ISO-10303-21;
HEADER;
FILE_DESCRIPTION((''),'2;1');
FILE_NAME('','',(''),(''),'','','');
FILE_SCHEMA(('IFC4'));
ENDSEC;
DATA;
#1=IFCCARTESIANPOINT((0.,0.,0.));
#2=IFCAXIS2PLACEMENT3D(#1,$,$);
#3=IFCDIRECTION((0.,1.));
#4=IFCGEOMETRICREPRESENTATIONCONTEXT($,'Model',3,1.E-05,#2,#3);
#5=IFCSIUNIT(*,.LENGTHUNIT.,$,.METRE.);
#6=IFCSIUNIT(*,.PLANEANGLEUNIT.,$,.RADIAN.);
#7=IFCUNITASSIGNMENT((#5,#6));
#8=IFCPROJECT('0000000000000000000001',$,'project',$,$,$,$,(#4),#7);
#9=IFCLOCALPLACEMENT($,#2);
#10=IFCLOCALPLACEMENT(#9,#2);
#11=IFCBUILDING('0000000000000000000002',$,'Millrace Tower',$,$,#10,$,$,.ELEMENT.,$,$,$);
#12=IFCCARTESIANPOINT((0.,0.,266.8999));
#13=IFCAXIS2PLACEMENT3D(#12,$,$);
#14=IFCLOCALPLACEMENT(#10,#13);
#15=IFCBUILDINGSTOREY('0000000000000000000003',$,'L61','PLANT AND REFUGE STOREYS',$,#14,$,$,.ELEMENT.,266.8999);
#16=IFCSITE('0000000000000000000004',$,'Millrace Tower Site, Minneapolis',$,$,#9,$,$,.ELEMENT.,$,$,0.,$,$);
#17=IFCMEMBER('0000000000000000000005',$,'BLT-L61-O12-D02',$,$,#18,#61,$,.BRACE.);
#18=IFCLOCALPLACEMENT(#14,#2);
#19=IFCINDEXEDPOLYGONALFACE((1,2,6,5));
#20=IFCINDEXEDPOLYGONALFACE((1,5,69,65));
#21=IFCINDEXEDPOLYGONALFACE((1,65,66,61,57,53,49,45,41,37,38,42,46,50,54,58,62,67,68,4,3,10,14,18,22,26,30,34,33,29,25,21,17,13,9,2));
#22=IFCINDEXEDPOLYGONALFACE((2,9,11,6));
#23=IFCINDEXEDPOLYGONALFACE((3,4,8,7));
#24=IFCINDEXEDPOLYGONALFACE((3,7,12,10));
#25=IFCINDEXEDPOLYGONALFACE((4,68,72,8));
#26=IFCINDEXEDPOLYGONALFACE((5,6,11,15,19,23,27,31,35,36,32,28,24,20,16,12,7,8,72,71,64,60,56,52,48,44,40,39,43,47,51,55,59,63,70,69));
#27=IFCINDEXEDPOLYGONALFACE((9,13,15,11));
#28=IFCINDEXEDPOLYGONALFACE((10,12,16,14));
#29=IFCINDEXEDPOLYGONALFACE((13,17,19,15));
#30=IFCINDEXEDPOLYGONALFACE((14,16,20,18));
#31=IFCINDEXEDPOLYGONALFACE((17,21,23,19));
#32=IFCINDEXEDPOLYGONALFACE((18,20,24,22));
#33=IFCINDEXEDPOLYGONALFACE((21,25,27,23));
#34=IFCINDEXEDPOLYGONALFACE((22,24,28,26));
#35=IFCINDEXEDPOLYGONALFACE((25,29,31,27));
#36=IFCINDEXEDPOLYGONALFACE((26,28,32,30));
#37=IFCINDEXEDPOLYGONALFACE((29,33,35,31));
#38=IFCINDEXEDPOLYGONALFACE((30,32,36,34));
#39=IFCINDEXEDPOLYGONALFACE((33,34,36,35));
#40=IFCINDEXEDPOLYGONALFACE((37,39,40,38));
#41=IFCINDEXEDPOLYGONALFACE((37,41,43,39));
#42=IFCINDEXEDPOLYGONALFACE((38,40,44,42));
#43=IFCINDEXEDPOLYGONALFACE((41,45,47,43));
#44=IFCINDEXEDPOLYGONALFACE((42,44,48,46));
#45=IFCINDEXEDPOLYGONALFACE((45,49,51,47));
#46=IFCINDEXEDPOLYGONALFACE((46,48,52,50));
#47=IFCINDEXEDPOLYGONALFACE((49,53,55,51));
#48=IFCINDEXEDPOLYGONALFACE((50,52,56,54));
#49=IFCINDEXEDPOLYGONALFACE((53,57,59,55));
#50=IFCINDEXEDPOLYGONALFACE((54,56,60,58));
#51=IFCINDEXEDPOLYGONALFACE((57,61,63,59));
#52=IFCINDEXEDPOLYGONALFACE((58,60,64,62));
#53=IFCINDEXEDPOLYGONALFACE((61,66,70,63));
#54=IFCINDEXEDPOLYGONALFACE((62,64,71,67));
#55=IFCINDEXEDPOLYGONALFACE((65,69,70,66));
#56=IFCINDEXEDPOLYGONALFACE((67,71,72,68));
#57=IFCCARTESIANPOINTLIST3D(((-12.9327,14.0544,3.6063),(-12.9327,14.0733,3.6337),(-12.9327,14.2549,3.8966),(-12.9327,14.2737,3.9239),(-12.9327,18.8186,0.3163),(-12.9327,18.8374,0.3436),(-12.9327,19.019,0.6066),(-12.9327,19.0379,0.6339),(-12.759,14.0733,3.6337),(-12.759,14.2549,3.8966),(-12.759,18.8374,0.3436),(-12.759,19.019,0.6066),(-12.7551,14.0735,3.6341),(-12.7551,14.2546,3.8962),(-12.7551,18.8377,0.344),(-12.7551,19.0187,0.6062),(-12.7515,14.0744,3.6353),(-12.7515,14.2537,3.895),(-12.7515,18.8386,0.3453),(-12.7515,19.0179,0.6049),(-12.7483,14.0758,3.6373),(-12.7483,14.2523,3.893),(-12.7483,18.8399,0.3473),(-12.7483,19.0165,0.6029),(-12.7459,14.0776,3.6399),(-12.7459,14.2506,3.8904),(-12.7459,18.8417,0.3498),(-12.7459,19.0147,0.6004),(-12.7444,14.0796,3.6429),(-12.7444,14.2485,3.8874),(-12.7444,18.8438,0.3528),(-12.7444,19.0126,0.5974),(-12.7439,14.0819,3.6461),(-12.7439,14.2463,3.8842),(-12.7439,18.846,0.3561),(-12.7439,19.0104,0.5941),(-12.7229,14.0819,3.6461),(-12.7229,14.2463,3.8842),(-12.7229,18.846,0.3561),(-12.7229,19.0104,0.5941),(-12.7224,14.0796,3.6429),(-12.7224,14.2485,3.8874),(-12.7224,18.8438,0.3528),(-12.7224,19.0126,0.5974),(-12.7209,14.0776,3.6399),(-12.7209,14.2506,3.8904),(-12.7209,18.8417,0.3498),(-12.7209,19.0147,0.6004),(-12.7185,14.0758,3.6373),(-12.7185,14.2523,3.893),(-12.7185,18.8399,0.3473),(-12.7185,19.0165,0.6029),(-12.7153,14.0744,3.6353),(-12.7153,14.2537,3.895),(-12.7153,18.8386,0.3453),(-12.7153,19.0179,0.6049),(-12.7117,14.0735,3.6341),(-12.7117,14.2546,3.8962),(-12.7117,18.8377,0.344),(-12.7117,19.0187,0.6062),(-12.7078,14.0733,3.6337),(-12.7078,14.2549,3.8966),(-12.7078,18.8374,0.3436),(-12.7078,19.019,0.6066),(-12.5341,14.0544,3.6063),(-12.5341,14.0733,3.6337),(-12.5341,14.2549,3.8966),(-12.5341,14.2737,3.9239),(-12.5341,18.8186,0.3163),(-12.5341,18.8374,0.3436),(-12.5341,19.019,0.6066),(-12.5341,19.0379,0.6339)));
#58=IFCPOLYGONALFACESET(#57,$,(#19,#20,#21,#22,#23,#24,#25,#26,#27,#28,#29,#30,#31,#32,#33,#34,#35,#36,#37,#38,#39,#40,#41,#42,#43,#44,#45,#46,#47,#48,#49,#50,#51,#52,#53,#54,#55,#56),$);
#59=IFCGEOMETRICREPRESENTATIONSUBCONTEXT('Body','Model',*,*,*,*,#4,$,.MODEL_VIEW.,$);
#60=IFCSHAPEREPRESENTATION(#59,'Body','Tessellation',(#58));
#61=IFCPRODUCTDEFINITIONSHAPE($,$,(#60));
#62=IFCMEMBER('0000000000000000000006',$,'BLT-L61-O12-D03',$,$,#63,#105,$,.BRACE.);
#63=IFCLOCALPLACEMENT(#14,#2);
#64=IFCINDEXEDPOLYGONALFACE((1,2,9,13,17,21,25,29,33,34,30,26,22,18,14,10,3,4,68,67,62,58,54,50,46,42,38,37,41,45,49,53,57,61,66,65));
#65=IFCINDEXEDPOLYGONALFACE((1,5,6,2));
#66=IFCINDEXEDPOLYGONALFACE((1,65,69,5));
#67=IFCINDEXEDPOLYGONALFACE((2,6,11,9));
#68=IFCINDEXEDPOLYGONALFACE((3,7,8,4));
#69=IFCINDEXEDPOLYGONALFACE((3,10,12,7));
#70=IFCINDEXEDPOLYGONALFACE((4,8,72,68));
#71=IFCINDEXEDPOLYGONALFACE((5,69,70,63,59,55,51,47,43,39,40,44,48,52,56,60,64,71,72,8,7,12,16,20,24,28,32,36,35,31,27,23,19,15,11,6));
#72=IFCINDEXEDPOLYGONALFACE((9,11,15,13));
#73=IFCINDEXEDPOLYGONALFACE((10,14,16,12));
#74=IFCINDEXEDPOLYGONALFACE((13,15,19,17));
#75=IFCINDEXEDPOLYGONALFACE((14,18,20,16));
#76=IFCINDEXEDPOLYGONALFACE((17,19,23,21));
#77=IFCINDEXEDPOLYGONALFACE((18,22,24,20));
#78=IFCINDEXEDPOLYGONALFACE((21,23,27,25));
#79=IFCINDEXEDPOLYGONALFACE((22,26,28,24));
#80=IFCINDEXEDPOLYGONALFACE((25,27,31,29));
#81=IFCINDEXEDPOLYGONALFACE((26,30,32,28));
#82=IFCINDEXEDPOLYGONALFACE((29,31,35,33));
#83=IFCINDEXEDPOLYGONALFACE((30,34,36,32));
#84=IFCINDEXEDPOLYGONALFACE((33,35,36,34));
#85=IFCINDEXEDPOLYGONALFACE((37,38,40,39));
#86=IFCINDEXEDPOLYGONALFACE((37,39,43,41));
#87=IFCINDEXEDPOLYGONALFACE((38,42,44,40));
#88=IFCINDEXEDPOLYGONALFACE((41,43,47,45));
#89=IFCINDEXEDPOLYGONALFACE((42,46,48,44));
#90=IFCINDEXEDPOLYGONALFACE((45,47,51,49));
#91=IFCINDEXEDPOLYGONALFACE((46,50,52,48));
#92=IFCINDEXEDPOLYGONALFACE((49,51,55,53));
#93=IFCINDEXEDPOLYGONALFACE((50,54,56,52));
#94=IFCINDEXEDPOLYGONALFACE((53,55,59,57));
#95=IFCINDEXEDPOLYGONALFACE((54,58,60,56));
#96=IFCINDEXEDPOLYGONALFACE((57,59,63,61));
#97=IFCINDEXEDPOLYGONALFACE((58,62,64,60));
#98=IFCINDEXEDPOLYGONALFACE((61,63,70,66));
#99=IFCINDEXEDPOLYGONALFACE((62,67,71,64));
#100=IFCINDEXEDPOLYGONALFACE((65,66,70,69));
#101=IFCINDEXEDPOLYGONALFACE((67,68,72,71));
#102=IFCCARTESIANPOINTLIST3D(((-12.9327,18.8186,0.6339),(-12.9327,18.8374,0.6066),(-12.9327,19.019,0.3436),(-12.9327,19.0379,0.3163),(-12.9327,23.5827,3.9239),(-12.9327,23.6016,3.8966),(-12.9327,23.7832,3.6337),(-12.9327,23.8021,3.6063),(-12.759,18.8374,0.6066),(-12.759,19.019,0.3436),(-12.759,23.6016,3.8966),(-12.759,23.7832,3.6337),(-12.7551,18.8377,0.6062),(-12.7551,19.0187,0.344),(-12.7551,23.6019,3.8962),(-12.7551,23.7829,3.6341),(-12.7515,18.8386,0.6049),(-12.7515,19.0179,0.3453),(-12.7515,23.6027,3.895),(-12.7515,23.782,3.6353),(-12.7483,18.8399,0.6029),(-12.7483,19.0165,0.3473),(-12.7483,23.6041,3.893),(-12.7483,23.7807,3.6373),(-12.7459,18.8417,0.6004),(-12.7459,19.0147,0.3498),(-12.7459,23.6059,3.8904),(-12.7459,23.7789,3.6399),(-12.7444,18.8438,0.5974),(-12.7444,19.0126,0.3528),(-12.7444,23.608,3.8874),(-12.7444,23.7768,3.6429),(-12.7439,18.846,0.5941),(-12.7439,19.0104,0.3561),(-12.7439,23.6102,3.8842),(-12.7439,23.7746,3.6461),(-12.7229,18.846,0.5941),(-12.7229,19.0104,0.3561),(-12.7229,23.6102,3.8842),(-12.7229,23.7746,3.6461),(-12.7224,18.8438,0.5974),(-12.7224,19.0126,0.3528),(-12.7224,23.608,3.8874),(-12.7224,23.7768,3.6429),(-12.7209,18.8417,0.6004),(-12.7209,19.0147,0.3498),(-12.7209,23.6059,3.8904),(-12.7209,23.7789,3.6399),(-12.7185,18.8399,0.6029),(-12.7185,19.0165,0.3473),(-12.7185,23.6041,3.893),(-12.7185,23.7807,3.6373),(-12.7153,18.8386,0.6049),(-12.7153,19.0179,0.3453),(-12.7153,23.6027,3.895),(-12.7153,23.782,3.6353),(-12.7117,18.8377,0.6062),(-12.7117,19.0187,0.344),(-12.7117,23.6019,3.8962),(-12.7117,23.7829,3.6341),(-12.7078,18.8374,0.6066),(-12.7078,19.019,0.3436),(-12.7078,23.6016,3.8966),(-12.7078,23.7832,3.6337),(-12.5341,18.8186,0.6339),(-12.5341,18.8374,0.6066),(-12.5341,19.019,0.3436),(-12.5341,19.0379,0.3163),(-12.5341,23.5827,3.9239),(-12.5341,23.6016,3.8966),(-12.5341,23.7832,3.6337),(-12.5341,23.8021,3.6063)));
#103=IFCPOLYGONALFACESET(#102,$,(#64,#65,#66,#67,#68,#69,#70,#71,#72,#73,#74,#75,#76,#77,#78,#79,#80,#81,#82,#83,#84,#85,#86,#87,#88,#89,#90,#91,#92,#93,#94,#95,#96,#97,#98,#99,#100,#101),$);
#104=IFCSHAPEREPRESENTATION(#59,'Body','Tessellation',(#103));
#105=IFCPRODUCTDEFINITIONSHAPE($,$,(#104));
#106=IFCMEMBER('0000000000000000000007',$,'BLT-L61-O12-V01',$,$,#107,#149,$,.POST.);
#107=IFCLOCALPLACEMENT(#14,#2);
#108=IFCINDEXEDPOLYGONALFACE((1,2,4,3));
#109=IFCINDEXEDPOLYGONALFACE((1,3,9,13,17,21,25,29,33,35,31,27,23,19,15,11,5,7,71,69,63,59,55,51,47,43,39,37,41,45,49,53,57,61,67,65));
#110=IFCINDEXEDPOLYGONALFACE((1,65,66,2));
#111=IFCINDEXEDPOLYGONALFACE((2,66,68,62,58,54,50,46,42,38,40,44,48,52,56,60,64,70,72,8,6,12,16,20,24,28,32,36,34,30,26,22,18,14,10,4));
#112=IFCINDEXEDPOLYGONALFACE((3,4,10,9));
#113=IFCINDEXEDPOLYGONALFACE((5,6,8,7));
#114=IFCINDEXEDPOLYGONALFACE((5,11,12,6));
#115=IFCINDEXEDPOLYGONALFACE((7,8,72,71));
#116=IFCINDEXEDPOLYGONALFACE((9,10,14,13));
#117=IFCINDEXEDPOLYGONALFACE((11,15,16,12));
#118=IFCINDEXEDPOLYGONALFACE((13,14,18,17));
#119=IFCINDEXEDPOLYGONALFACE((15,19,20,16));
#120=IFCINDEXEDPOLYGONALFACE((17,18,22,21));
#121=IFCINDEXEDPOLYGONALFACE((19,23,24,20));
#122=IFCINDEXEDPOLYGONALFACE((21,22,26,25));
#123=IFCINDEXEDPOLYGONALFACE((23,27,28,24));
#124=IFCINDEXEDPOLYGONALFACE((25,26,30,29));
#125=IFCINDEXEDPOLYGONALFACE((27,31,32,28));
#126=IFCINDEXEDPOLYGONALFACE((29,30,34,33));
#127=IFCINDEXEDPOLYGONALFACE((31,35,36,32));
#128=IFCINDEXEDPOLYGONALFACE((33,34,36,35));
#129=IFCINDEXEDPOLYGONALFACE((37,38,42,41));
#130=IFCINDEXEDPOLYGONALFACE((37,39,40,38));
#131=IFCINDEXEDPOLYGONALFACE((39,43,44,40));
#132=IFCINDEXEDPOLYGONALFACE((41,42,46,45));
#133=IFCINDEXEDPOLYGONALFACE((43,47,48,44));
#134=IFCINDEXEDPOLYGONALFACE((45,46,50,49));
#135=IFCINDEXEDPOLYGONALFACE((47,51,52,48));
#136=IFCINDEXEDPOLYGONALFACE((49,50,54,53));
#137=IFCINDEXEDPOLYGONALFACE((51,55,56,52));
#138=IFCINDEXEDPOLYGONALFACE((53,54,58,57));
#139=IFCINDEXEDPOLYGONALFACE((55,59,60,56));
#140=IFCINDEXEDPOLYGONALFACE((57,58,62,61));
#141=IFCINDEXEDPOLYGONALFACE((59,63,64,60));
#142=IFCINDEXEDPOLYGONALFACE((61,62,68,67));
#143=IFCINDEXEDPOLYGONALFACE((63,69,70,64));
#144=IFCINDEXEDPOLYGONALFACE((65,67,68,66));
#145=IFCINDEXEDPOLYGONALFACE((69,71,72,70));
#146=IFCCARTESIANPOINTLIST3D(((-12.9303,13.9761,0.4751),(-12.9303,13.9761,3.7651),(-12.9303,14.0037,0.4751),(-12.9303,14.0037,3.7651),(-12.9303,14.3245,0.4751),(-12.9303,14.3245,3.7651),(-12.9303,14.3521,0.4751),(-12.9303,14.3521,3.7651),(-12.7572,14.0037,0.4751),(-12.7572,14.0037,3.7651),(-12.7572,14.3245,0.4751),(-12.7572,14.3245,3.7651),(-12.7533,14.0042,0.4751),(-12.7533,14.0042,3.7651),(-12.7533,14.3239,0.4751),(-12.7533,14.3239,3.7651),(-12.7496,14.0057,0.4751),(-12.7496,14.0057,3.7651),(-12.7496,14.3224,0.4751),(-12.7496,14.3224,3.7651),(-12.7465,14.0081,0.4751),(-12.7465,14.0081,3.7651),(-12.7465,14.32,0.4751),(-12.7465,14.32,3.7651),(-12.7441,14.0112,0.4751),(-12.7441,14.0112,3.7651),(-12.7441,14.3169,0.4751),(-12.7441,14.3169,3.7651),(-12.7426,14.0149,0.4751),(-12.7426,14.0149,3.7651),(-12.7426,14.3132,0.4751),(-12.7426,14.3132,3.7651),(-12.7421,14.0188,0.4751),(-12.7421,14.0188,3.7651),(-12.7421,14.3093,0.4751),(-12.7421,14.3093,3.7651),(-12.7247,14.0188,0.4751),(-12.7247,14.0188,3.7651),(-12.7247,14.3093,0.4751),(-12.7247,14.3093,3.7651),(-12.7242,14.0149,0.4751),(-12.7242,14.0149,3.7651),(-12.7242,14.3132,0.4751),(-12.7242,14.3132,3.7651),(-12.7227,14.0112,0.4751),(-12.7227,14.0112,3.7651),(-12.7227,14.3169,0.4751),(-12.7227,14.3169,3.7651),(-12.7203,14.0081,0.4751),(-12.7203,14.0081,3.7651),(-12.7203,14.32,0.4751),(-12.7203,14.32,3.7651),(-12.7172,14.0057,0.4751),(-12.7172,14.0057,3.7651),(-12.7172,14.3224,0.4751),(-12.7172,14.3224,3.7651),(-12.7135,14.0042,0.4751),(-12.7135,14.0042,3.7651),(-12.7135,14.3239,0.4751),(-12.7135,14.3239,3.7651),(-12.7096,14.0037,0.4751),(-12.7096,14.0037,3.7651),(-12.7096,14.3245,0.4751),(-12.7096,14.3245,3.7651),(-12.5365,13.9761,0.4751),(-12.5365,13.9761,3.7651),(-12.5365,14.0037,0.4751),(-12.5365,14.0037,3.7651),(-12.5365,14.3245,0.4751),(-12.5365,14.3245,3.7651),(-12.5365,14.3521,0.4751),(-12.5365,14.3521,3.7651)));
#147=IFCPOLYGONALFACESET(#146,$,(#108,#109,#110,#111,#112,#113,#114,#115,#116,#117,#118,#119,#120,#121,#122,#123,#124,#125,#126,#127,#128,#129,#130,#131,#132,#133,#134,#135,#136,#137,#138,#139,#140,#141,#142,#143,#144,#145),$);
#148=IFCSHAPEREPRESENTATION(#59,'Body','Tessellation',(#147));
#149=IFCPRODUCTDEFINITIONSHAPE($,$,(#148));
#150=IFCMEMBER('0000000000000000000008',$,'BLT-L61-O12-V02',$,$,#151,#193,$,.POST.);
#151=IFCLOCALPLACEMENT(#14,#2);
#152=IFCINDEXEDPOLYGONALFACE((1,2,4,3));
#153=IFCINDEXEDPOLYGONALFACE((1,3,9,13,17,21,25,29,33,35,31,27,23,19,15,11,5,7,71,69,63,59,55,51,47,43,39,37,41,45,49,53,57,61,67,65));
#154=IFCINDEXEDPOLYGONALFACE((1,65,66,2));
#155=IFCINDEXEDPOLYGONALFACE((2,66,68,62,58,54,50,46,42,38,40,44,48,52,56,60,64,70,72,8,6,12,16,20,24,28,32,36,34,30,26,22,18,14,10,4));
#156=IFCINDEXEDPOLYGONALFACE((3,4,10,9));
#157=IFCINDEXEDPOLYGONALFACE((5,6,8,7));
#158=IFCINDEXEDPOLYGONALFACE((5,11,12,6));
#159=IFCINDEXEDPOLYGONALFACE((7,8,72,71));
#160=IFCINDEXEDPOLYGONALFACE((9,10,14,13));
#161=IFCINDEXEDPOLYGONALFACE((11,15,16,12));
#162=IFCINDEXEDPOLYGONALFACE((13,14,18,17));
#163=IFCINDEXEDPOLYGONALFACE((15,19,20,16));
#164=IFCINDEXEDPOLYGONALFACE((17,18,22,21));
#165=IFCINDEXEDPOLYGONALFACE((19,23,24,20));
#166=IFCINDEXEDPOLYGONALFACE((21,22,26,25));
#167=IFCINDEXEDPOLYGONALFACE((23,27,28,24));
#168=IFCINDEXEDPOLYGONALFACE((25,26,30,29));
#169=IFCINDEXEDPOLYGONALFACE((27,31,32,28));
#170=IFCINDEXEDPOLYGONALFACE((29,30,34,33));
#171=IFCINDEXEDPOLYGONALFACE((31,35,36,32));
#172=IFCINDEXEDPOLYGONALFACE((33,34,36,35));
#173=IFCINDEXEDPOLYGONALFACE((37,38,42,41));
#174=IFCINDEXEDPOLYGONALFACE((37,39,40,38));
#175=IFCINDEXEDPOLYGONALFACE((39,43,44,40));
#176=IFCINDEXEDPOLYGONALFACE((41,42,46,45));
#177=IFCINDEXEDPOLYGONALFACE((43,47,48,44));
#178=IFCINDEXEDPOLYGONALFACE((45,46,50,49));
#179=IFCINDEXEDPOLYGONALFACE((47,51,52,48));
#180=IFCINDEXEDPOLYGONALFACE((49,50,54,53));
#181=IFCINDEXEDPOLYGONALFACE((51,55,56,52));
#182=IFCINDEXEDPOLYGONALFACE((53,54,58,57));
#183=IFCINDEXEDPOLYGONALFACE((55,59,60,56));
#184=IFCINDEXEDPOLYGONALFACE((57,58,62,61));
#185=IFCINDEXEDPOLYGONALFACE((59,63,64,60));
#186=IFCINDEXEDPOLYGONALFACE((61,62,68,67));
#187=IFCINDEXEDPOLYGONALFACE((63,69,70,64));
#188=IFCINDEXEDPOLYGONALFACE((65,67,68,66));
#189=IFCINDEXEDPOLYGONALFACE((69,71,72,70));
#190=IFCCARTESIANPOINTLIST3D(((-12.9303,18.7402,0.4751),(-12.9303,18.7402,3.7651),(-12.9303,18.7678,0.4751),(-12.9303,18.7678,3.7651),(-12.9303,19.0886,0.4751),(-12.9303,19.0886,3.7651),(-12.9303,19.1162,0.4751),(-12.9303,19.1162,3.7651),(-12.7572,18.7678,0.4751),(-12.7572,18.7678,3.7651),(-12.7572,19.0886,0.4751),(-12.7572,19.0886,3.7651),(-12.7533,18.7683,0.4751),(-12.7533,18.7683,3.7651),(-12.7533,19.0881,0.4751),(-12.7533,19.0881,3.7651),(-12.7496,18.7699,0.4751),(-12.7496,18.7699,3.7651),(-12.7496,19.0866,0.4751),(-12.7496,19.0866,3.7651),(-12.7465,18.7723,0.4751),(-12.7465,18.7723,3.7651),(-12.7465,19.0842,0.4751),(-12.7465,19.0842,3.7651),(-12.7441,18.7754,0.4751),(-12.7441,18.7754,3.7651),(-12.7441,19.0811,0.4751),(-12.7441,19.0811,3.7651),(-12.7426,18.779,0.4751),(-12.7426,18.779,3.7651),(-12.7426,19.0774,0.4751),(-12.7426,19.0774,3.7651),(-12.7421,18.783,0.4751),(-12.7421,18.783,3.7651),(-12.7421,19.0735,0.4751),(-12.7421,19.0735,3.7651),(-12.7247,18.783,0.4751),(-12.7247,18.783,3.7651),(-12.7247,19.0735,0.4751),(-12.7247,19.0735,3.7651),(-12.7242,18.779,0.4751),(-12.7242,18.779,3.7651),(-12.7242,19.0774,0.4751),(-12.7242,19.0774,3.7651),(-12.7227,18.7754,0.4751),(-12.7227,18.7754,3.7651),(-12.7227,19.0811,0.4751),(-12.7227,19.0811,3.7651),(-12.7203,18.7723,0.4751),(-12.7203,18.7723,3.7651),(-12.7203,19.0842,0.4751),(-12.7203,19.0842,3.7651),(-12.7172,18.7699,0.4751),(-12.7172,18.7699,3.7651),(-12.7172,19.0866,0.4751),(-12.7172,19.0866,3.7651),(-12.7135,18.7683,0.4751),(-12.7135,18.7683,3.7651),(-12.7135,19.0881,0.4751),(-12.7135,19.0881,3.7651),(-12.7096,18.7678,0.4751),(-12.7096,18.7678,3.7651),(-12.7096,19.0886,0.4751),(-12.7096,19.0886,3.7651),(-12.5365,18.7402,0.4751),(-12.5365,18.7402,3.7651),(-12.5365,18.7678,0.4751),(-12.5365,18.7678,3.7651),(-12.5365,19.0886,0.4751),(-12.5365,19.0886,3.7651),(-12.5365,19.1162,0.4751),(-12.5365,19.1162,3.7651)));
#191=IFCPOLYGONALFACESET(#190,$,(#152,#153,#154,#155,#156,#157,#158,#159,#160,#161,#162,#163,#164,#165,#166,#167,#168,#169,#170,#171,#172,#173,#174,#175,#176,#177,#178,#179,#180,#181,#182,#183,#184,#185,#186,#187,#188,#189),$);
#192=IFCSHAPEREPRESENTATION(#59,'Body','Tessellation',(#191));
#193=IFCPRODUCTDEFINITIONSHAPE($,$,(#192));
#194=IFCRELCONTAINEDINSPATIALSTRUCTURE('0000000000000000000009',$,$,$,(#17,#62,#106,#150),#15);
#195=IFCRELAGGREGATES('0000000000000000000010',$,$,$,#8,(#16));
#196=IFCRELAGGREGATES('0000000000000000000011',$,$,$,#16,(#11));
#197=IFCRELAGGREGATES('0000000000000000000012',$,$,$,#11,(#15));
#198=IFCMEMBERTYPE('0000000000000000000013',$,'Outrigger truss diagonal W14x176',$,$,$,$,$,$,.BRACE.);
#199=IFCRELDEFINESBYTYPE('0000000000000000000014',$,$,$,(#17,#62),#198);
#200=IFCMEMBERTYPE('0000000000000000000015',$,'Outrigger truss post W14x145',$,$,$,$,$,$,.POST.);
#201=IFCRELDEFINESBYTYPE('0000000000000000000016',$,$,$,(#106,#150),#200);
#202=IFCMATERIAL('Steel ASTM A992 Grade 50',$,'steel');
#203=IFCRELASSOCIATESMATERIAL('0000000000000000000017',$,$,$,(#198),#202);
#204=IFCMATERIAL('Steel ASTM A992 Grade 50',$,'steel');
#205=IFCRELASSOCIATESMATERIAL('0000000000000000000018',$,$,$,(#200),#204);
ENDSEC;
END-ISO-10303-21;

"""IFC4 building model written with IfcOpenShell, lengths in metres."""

from ifc_helpers import new_model, si_unit, direction, frame, origin, origin_2d, place, context, subcontext, project, spatial, i_section, extrude, material, material_profile, profile_set, type_object, element, save


model = new_model("IFC4")

# Units and contexts
model_context = context("Model", 3, precision=1e-05, world=origin(), true_north=direction((0.0, 1.0)))
body_context = subcontext(model_context, "Body", "Model", "MODEL_VIEW")
ifc_project = project(units=[si_unit("LENGTHUNIT", "METRE"), si_unit("PLANEANGLEUNIT", "RADIAN")], contexts=[model_context])

# Site, building, storey
site_placement = place(None, origin())
site = spatial("IfcSite", under=ifc_project, at=site_placement, Name="Millrace Tower Site, Minneapolis", CompositionType="ELEMENT", RefElevation=0.0)
building_placement = place(site_placement, origin())
building = spatial("IfcBuilding", under=site, at=building_placement, Name="Millrace Tower", CompositionType="ELEMENT")
storey_placement = place(building_placement, frame((0.0, 0.0, 266.8999)))
storey = spatial("IfcBuildingStorey", under=building, at=storey_placement, Name="L61", Description="PLANT AND REFUGE STOREYS", CompositionType="ELEMENT", Elevation=266.8999)

# Members
ifc_material_1 = material(Name="Steel ASTM A992 Grade 50", Category="steel")
ifc_material_profile_1 = material_profile(ifc_material_1, i_section(OverallWidth=0.3987, OverallDepth=0.386, WebThickness=0.021, FlangeThickness=0.0332, FilletRadius=0.0151, at=origin_2d()))
ifc_profile_set_1 = profile_set([ifc_material_profile_1], Name="Steel ASTM A992 Grade 50")
member_type_1 = type_object("IfcMemberType", Name="Outrigger truss diagonal W14x176", PredefinedType="BRACE", material=ifc_profile_set_1)
for number, where, z_axis, x_axis, name in (
    (1, (-12.7334, 18.9282, 0.4751), (0.0, -0.822857, 0.568249), (1.0, 0.0, 0.0), "BLT-L61-O12-D02"),
    (2, (-12.7334, 18.9282, 0.4751), (0.0, 0.822857, 0.568249), (-1.0, 0.0, 0.0), "BLT-L61-O12-D03"),
):
    element("IfcMember", number, at=place(storey_placement, frame(where, z_axis=z_axis, x_axis=x_axis)), inside=storey, type_object=member_type_1, Name=name, PredefinedType="BRACE", context=body_context, shape_type="SweptSolid", body=[
        extrude(i_section(OverallWidth=0.3987, OverallDepth=0.386, WebThickness=0.021, FlangeThickness=0.0332, FilletRadius=0.0151, at=origin_2d()), origin(), (0.0, 0.0, 1.0), 5.7898),
    ])
ifc_material_2 = material(Name="Steel ASTM A992 Grade 50", Category="steel")
ifc_material_profile_2 = material_profile(ifc_material_2, i_section(OverallWidth=0.3938, OverallDepth=0.376, WebThickness=0.0173, FlangeThickness=0.0276, FilletRadius=0.0151, at=origin_2d()))
ifc_profile_set_2 = profile_set([ifc_material_profile_2], Name="Steel ASTM A992 Grade 50")
member_type_2 = type_object("IfcMemberType", Name="Outrigger truss post W14x145", PredefinedType="POST", material=ifc_profile_set_2)
for number, where, z_axis, x_axis, name in (
    (3, (-12.7334, 14.1641, 0.4751), (0.0, 0.0, 1.0), (1.0, 0.0, 0.0), "BLT-L61-O12-V01"),
    (4, (-12.7334, 18.9282, 0.4751), (0.0, 0.0, 1.0), (1.0, 0.0, 0.0), "BLT-L61-O12-V02"),
):
    element("IfcMember", number, at=place(storey_placement, frame(where, z_axis=z_axis, x_axis=x_axis)), inside=storey, type_object=member_type_2, Name=name, PredefinedType="POST", context=body_context, shape_type="SweptSolid", body=[
        extrude(i_section(OverallWidth=0.3938, OverallDepth=0.376, WebThickness=0.0173, FlangeThickness=0.0276, FilletRadius=0.0151, at=origin_2d()), origin(), (0.0, 0.0, 1.0), 3.29),
    ])

save(model, "model.ifc")
